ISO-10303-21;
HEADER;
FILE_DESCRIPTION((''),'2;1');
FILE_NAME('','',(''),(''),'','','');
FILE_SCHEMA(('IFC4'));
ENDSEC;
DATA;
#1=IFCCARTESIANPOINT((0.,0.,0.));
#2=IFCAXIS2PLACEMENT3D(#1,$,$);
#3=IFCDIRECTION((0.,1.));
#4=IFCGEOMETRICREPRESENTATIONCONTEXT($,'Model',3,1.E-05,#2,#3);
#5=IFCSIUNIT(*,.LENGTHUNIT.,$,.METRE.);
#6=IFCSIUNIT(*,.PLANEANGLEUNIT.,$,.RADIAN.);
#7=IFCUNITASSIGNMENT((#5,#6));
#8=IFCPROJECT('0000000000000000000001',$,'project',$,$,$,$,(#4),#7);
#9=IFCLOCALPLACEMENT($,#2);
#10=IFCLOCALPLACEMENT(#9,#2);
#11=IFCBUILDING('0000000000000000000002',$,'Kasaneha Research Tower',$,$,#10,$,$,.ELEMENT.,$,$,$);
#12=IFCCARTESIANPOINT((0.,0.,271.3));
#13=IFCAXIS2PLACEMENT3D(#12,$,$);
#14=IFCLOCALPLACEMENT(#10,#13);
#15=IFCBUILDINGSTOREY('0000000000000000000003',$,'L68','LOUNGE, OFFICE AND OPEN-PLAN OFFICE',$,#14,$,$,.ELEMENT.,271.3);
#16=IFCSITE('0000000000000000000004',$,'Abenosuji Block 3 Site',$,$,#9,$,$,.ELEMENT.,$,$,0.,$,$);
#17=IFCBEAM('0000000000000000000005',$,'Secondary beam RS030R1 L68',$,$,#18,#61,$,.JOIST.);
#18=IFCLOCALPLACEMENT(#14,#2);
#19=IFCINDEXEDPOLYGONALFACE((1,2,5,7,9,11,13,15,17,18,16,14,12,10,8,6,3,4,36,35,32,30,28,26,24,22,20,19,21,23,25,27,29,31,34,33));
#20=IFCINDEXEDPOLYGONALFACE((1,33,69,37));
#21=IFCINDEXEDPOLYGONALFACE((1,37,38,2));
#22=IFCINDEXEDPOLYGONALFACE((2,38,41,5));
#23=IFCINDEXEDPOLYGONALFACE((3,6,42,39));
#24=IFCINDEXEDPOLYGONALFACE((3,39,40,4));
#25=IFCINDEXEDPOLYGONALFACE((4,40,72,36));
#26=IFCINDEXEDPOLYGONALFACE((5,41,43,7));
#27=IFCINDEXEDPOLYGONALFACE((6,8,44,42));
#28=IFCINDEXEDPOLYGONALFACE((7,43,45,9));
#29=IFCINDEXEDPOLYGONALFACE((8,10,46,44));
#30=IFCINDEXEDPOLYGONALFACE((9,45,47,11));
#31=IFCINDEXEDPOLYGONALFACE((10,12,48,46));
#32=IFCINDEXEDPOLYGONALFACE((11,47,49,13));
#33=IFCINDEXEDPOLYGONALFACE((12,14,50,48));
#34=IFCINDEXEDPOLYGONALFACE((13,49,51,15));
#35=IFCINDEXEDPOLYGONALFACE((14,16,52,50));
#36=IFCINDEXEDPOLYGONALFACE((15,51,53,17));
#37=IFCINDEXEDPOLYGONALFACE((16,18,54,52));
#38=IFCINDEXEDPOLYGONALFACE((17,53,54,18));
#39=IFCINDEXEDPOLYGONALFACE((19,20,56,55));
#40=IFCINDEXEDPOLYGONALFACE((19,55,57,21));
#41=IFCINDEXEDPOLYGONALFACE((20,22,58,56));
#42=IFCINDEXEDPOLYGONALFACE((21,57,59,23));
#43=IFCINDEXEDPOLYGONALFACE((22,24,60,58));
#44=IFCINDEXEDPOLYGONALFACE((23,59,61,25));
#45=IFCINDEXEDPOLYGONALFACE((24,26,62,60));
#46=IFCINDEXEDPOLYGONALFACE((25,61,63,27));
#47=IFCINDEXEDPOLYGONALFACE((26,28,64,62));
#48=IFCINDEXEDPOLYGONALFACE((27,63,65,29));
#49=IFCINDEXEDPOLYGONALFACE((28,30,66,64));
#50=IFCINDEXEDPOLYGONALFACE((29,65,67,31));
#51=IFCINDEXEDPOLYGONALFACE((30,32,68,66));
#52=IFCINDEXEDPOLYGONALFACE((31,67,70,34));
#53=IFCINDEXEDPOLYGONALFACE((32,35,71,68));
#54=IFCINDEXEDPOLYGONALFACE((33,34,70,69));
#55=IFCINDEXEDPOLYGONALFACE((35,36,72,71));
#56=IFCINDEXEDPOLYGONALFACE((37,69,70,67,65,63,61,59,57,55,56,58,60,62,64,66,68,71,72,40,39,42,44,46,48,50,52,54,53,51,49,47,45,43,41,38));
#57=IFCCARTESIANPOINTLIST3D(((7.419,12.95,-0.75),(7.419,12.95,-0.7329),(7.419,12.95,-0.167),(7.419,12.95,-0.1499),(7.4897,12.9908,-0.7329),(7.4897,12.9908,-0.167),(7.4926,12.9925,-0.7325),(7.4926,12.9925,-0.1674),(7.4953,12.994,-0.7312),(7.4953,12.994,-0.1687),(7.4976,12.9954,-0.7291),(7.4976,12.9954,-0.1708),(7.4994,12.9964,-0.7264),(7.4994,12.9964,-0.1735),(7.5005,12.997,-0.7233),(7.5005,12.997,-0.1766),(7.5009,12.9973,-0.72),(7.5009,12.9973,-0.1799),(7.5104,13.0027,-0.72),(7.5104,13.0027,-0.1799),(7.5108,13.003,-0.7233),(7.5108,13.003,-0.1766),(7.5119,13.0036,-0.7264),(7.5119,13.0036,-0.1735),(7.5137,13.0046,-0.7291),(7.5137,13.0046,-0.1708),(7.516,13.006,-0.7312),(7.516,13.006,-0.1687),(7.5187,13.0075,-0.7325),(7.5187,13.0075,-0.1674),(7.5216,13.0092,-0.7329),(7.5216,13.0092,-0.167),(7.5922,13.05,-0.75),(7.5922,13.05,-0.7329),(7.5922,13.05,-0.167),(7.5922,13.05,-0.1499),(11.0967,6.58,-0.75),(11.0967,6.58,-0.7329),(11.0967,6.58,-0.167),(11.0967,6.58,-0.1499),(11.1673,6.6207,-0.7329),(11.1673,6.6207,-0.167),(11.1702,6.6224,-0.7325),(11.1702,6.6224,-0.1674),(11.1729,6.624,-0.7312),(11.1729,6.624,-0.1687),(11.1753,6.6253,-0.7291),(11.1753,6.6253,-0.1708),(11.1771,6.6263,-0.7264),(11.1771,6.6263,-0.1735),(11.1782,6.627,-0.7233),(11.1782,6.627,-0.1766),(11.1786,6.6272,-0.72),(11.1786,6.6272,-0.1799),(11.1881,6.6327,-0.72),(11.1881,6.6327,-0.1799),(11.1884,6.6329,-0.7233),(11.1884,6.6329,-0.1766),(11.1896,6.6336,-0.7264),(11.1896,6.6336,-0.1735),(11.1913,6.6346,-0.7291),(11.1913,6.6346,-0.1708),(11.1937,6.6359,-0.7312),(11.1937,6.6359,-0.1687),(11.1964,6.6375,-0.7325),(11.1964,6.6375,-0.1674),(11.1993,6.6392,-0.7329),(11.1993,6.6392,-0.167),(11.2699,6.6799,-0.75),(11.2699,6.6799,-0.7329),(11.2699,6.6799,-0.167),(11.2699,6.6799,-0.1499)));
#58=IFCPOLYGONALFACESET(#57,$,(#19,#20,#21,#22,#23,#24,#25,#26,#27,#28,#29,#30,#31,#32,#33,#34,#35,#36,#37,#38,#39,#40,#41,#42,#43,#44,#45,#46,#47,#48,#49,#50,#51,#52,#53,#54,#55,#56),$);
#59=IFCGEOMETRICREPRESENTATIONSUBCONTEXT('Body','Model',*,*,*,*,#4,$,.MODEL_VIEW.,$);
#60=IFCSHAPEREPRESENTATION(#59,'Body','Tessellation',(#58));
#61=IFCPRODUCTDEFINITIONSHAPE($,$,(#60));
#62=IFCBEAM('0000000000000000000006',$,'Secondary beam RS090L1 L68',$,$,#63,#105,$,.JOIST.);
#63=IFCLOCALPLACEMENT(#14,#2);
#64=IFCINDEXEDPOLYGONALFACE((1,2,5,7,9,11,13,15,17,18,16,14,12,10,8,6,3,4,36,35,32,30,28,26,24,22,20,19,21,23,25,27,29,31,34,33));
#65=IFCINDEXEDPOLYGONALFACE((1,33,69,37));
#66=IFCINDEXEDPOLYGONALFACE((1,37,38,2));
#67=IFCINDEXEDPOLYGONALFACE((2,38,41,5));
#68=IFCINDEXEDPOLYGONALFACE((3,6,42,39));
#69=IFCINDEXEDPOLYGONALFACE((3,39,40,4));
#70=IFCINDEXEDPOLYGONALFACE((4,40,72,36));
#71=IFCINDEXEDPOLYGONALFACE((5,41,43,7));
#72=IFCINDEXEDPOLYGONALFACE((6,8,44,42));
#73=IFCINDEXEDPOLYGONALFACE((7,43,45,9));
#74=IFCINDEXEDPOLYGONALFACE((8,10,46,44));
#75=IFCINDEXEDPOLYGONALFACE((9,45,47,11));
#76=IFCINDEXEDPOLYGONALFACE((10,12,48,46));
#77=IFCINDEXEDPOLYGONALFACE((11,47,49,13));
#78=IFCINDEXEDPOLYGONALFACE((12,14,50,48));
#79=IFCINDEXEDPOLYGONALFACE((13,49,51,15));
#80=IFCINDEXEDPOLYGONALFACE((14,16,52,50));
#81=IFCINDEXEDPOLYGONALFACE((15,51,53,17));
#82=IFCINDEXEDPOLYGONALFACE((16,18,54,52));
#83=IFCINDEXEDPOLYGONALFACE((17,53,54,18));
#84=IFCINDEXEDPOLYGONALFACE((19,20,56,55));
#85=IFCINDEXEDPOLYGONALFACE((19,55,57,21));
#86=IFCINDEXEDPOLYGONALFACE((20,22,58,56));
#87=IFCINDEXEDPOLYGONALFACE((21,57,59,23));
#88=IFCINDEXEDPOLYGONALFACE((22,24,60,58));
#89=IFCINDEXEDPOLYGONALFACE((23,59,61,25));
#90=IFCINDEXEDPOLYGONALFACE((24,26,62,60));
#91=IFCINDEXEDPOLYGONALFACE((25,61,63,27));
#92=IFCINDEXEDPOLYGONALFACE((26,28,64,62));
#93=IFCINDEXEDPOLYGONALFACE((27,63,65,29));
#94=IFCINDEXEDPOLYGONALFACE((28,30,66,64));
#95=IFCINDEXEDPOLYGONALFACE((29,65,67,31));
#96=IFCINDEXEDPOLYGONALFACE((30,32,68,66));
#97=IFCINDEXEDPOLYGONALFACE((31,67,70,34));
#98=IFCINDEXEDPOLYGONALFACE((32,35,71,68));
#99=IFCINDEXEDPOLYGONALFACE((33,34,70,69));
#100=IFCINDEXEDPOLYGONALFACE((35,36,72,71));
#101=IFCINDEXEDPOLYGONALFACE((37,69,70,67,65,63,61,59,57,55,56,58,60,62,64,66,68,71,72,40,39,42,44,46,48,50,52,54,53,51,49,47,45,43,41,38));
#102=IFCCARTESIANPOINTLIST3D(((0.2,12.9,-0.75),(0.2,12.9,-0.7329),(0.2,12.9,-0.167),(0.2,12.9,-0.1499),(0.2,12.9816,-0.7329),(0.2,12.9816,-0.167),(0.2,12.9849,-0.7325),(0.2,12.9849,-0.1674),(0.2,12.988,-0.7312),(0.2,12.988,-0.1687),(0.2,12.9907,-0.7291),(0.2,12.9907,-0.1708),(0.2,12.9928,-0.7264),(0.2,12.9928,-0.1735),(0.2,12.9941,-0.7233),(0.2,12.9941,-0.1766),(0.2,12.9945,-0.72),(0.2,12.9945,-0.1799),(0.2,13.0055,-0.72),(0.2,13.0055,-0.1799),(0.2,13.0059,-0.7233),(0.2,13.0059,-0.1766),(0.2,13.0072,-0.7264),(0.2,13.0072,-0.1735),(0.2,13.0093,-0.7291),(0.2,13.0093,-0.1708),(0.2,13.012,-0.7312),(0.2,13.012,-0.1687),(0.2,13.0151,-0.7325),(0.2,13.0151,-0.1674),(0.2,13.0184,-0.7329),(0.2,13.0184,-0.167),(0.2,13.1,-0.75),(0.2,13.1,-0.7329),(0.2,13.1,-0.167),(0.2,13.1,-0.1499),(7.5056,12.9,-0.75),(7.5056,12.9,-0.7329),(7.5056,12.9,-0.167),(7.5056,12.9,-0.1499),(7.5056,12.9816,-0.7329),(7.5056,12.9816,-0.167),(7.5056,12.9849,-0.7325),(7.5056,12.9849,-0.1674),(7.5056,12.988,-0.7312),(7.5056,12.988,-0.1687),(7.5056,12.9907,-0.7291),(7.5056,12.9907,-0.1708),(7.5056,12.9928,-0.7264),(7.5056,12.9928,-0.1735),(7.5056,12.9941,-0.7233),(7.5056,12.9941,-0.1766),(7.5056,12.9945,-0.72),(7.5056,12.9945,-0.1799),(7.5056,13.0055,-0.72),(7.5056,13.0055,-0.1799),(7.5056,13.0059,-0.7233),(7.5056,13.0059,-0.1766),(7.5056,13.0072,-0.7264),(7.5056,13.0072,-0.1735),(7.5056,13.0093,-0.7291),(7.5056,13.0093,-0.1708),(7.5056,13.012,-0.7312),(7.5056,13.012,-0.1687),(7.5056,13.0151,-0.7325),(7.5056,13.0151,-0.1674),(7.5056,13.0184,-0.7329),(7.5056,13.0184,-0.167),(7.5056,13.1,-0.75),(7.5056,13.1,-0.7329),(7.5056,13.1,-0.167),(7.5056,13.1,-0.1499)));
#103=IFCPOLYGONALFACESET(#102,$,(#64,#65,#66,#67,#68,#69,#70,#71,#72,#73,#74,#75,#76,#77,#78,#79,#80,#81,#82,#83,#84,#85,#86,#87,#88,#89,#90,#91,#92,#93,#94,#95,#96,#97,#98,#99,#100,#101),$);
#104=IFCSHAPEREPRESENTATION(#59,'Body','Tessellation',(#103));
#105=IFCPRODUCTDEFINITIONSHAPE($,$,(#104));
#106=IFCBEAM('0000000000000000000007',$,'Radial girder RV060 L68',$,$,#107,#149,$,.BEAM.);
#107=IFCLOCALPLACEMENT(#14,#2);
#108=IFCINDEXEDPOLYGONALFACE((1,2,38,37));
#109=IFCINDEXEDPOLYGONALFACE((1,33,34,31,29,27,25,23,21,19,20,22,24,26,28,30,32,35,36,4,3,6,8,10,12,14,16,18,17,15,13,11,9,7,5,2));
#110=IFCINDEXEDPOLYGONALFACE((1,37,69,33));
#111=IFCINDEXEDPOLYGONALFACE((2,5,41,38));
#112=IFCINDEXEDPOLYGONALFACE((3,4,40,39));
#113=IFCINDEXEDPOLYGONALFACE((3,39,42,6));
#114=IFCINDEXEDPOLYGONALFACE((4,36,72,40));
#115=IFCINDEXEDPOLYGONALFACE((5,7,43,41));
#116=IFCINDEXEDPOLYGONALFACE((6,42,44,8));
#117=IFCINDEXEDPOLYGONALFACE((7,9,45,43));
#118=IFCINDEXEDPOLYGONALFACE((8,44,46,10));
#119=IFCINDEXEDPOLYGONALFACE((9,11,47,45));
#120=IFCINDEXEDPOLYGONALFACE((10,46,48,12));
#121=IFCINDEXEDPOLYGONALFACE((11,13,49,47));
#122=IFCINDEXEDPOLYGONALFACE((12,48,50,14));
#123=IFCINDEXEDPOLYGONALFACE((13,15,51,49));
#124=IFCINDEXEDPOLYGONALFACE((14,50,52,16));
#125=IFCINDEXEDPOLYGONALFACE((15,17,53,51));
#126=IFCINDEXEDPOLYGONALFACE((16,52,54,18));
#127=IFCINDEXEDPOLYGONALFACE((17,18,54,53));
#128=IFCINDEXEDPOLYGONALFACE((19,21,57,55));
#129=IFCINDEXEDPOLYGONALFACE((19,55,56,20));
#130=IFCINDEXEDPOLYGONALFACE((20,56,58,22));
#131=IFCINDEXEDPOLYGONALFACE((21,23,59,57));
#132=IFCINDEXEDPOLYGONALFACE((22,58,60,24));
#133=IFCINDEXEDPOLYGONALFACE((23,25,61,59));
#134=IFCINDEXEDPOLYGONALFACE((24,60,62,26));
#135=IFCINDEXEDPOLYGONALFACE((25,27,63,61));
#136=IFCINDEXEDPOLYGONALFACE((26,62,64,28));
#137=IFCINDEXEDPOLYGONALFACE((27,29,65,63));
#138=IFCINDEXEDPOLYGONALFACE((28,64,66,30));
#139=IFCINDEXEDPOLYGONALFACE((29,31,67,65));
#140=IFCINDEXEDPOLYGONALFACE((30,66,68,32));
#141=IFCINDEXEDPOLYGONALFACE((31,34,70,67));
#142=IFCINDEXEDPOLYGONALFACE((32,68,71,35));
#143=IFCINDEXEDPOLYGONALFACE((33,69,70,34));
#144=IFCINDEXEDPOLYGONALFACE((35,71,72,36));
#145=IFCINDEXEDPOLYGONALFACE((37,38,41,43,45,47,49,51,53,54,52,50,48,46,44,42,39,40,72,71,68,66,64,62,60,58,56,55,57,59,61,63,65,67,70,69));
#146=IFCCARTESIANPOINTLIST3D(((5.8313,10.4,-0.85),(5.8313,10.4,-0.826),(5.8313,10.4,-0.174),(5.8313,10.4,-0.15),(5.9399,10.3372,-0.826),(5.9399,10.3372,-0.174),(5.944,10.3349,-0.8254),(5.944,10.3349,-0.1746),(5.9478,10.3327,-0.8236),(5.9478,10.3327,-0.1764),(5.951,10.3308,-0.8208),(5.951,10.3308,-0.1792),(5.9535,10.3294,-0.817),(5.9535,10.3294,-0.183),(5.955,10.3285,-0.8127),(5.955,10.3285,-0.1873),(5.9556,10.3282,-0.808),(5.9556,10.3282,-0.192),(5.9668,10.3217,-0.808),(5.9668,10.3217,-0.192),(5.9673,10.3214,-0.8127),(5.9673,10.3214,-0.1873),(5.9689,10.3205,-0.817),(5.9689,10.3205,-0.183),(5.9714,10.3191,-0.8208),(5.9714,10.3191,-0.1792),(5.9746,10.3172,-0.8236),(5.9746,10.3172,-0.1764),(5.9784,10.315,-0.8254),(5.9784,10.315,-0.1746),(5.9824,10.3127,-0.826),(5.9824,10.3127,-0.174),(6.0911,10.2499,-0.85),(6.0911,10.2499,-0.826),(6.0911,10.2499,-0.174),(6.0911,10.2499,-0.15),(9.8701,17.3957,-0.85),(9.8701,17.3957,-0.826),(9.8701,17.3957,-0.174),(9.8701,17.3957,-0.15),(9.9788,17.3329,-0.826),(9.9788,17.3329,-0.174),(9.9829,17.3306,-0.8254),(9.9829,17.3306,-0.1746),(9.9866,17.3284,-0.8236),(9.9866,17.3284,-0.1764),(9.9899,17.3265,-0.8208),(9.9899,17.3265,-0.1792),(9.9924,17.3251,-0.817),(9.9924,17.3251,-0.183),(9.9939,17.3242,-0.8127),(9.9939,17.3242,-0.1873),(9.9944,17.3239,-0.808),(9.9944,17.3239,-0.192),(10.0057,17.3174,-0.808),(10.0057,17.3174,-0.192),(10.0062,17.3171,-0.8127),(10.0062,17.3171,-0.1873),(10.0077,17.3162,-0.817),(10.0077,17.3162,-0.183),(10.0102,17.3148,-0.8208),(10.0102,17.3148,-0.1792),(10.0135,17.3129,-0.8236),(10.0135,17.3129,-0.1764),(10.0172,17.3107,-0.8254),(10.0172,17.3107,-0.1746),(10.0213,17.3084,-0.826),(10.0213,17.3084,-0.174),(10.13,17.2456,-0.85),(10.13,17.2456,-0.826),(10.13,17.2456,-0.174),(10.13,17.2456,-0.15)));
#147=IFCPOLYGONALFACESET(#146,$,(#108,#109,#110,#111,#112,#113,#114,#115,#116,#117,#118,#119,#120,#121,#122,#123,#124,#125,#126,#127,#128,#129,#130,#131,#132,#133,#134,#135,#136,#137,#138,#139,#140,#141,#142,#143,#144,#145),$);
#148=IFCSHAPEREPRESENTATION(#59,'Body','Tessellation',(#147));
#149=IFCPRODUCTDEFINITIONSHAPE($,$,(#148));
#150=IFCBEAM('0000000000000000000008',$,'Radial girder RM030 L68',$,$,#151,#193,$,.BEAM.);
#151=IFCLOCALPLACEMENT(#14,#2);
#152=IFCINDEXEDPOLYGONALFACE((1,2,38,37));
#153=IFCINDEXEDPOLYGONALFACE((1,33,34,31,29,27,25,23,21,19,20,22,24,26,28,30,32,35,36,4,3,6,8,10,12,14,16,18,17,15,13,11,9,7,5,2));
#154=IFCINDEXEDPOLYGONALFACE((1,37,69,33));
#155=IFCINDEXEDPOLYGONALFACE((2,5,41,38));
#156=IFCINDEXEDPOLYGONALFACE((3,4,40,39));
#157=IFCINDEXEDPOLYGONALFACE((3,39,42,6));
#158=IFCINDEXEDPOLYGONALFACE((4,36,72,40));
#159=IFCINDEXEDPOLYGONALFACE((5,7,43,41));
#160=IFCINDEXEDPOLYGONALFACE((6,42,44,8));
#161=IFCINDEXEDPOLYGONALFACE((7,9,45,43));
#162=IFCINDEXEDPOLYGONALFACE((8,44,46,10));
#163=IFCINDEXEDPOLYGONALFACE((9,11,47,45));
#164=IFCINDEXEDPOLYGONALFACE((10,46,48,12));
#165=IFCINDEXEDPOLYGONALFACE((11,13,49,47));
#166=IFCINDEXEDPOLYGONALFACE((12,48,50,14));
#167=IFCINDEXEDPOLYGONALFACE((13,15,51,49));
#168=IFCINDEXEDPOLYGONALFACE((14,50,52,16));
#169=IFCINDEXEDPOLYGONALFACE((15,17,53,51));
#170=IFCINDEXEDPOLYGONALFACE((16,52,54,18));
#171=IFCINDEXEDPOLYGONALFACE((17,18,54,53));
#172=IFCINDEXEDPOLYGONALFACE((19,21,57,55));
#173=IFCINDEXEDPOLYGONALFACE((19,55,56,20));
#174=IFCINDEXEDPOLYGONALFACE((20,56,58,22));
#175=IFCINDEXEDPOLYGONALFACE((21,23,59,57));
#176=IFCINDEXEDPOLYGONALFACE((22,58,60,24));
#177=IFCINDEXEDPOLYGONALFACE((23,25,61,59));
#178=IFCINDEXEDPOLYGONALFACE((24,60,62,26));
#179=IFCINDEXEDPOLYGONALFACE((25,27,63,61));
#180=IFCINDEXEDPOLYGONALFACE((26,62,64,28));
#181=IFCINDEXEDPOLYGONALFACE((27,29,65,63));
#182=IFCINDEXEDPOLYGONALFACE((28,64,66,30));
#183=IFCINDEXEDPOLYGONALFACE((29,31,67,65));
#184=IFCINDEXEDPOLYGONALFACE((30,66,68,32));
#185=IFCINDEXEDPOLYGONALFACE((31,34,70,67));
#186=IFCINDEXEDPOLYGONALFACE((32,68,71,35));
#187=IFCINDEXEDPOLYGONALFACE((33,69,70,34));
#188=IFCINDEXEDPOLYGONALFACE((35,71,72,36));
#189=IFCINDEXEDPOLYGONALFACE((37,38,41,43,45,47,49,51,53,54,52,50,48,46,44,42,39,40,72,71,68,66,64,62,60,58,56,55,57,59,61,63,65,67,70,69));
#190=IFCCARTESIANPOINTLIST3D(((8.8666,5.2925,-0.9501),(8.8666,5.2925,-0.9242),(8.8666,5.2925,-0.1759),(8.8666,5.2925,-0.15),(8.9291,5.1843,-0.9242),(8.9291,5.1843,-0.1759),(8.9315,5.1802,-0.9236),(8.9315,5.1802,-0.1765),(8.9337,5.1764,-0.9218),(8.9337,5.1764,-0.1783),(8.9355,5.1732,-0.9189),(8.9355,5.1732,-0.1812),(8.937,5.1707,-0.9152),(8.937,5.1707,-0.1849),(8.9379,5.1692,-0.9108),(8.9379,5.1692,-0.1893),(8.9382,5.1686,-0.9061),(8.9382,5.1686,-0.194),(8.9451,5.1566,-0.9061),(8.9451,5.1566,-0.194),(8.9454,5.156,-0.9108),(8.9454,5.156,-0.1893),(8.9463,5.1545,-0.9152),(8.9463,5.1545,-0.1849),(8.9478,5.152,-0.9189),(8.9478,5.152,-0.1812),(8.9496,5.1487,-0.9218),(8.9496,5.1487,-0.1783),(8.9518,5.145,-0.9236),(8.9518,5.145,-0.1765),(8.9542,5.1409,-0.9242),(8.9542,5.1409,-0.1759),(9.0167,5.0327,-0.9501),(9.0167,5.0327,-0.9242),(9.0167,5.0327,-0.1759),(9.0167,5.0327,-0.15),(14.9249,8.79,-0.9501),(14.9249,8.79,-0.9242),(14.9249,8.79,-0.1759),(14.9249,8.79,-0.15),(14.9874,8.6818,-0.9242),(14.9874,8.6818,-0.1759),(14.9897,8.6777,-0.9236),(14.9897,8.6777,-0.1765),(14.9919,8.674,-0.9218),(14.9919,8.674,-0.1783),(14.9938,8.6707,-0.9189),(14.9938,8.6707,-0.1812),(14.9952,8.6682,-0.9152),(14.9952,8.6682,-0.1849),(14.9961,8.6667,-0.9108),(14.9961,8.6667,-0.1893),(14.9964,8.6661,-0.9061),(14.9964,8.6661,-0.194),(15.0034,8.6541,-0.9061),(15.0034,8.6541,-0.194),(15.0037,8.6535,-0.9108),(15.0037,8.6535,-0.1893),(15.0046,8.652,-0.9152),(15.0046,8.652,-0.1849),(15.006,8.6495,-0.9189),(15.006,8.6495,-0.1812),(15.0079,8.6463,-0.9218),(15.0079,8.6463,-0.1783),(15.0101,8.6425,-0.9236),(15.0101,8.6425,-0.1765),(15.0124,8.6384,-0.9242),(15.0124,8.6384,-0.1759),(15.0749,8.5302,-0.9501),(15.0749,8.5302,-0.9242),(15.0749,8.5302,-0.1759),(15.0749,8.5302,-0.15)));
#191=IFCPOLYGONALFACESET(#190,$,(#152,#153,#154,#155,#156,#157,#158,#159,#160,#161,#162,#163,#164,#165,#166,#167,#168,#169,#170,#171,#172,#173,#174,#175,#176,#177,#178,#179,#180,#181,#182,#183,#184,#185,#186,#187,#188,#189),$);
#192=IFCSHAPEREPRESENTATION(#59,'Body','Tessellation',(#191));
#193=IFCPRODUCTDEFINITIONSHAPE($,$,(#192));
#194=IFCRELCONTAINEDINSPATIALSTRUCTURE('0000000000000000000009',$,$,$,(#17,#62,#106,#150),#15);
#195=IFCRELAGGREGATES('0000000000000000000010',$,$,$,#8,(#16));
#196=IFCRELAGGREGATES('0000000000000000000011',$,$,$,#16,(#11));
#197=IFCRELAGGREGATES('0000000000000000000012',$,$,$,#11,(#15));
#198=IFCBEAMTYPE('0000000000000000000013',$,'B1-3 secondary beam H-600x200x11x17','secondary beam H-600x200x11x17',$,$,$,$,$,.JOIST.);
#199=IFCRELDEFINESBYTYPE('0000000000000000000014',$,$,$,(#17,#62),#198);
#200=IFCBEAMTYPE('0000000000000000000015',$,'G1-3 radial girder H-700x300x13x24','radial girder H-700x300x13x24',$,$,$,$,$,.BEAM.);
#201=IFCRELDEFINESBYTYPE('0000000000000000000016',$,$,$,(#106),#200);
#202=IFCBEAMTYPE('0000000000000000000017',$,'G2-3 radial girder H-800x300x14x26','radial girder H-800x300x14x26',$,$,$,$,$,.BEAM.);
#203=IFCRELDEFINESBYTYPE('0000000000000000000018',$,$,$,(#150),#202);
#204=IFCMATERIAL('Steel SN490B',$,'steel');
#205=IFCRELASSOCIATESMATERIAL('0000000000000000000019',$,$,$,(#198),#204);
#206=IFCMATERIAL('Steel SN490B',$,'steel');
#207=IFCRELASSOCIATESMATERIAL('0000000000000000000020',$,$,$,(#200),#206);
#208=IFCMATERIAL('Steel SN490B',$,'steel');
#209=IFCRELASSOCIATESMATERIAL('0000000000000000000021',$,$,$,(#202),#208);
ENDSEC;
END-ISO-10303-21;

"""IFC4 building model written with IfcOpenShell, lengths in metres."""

from ifc_helpers import new_model, si_unit, direction, frame, origin, origin_2d, place, context, subcontext, project, spatial, i_section, extrude, material, material_profile, profile_set, type_object, element, save


model = new_model("IFC4")

# Units and contexts
model_context = context("Model", 3, precision=1e-05, world=origin(), true_north=direction((0.0, 1.0)))
body_context = subcontext(model_context, "Body", "Model", "MODEL_VIEW")
ifc_project = project(units=[si_unit("LENGTHUNIT", "METRE"), si_unit("PLANEANGLEUNIT", "RADIAN")], contexts=[model_context])

# Site, building, storey
site_placement = place(None, origin())
site = spatial("IfcSite", under=ifc_project, at=site_placement, Name="Abenosuji Block 3 Site", CompositionType="ELEMENT", RefElevation=0.0)
building_placement = place(site_placement, origin())
building = spatial("IfcBuilding", under=site, at=building_placement, Name="Kasaneha Research Tower", CompositionType="ELEMENT")
storey_placement = place(building_placement, frame((0.0, 0.0, 271.3)))
storey = spatial("IfcBuildingStorey", under=building, at=storey_placement, Name="L68", Description="LOUNGE, OFFICE AND OPEN-PLAN OFFICE", CompositionType="ELEMENT", Elevation=271.3)

# Beams
ifc_material_1 = material(Name="Steel SN490B", Category="steel")
ifc_material_profile_1 = material_profile(ifc_material_1, i_section(OverallWidth=0.2, OverallDepth=0.6001, WebThickness=0.011, FlangeThickness=0.0171, FilletRadius=0.0129, at=origin_2d()), Name="H-600x200x11x17")
ifc_profile_set_1 = profile_set([ifc_material_profile_1], Name="Steel SN490B")
beam_type_1 = type_object("IfcBeamType", Name="B1-3 secondary beam H-600x200x11x17", Description="secondary beam H-600x200x11x17", PredefinedType="JOIST", material=ifc_profile_set_1)
beam_1_placement = place(storey_placement, frame((7.5056, 13.0, -0.45), z_axis=(0.499994, -0.866029, 0.0), x_axis=(0.866029, 0.499994, 0.0)))
element("IfcBeam", 1, at=beam_1_placement, inside=storey, type_object=beam_type_1, Name="Secondary beam RS030R1 L68", PredefinedType="JOIST", context=body_context, shape_type="SweptSolid", body=[
    extrude(i_section(OverallWidth=0.2, OverallDepth=0.6001, WebThickness=0.011, FlangeThickness=0.0171, FilletRadius=0.0129, at=origin_2d()), origin(), (0.0, 0.0, 1.0), 7.3555),
])
beam_2_placement = place(storey_placement, frame((7.5056, 13.0, -0.45), z_axis=(-1.0, 0.0, 0.0), x_axis=(0.0, -1.0, 0.0)))
element("IfcBeam", 2, at=beam_2_placement, inside=storey, type_object=beam_type_1, Name="Secondary beam RS090L1 L68", PredefinedType="JOIST", context=body_context, shape_type="SweptSolid", body=[
    extrude(i_section(OverallWidth=0.2, OverallDepth=0.6001, WebThickness=0.011, FlangeThickness=0.0171, FilletRadius=0.0129, at=origin_2d()), origin(), (0.0, 0.0, 1.0), 7.3057),
])
ifc_material_2 = material(Name="Steel SN490B", Category="steel")
ifc_material_profile_2 = material_profile(ifc_material_2, i_section(OverallWidth=0.3, OverallDepth=0.7, WebThickness=0.0129, FlangeThickness=0.0239, FilletRadius=0.0181, at=origin_2d()), Name="H-700x300x13x24")
ifc_profile_set_2 = profile_set([ifc_material_profile_2], Name="Steel SN490B")
beam_type_2 = type_object("IfcBeamType", Name="G1-3 radial girder H-700x300x13x24", Description="radial girder H-700x300x13x24", PredefinedType="BEAM", material=ifc_profile_set_2)
beam_3_placement = place(storey_placement, frame((5.9612, 10.325, -0.5), z_axis=(0.499991, 0.866031, 0.0), x_axis=(-0.866031, 0.499991, 0.0)))
element("IfcBeam", 3, at=beam_3_placement, inside=storey, type_object=beam_type_2, Name="Radial girder RV060 L68", PredefinedType="BEAM", context=body_context, shape_type="SweptSolid", body=[
    extrude(i_section(OverallWidth=0.3, OverallDepth=0.7, WebThickness=0.0129, FlangeThickness=0.0239, FilletRadius=0.0181, at=origin_2d()), origin(), (0.0, 0.0, 1.0), 8.0779),
])
ifc_material_3 = material(Name="Steel SN490B", Category="steel")
ifc_material_profile_3 = material_profile(ifc_material_3, i_section(OverallWidth=0.3, OverallDepth=0.8, WebThickness=0.0139, FlangeThickness=0.0259, FilletRadius=0.0181, at=origin_2d()), Name="H-800x300x14x26")
ifc_profile_set_3 = profile_set([ifc_material_profile_3], Name="Steel SN490B")
beam_type_3 = type_object("IfcBeamType", Name="G2-3 radial girder H-800x300x14x26", Description="radial girder H-800x300x14x26", PredefinedType="BEAM", material=ifc_profile_set_3)
beam_4_placement = place(storey_placement, frame((8.9417, 5.1626, -0.55), z_axis=(0.86604, 0.499975, 0.0), x_axis=(-0.499975, 0.86604, 0.0)))
element("IfcBeam", 4, at=beam_4_placement, inside=storey, type_object=beam_type_3, Name="Radial girder RM030 L68", PredefinedType="BEAM", context=body_context, shape_type="SweptSolid", body=[
    extrude(i_section(OverallWidth=0.3, OverallDepth=0.8, WebThickness=0.0139, FlangeThickness=0.0259, FilletRadius=0.0181, at=origin_2d()), origin(), (0.0, 0.0, 1.0), 6.9954),
])

save(model, "model.ifc")
